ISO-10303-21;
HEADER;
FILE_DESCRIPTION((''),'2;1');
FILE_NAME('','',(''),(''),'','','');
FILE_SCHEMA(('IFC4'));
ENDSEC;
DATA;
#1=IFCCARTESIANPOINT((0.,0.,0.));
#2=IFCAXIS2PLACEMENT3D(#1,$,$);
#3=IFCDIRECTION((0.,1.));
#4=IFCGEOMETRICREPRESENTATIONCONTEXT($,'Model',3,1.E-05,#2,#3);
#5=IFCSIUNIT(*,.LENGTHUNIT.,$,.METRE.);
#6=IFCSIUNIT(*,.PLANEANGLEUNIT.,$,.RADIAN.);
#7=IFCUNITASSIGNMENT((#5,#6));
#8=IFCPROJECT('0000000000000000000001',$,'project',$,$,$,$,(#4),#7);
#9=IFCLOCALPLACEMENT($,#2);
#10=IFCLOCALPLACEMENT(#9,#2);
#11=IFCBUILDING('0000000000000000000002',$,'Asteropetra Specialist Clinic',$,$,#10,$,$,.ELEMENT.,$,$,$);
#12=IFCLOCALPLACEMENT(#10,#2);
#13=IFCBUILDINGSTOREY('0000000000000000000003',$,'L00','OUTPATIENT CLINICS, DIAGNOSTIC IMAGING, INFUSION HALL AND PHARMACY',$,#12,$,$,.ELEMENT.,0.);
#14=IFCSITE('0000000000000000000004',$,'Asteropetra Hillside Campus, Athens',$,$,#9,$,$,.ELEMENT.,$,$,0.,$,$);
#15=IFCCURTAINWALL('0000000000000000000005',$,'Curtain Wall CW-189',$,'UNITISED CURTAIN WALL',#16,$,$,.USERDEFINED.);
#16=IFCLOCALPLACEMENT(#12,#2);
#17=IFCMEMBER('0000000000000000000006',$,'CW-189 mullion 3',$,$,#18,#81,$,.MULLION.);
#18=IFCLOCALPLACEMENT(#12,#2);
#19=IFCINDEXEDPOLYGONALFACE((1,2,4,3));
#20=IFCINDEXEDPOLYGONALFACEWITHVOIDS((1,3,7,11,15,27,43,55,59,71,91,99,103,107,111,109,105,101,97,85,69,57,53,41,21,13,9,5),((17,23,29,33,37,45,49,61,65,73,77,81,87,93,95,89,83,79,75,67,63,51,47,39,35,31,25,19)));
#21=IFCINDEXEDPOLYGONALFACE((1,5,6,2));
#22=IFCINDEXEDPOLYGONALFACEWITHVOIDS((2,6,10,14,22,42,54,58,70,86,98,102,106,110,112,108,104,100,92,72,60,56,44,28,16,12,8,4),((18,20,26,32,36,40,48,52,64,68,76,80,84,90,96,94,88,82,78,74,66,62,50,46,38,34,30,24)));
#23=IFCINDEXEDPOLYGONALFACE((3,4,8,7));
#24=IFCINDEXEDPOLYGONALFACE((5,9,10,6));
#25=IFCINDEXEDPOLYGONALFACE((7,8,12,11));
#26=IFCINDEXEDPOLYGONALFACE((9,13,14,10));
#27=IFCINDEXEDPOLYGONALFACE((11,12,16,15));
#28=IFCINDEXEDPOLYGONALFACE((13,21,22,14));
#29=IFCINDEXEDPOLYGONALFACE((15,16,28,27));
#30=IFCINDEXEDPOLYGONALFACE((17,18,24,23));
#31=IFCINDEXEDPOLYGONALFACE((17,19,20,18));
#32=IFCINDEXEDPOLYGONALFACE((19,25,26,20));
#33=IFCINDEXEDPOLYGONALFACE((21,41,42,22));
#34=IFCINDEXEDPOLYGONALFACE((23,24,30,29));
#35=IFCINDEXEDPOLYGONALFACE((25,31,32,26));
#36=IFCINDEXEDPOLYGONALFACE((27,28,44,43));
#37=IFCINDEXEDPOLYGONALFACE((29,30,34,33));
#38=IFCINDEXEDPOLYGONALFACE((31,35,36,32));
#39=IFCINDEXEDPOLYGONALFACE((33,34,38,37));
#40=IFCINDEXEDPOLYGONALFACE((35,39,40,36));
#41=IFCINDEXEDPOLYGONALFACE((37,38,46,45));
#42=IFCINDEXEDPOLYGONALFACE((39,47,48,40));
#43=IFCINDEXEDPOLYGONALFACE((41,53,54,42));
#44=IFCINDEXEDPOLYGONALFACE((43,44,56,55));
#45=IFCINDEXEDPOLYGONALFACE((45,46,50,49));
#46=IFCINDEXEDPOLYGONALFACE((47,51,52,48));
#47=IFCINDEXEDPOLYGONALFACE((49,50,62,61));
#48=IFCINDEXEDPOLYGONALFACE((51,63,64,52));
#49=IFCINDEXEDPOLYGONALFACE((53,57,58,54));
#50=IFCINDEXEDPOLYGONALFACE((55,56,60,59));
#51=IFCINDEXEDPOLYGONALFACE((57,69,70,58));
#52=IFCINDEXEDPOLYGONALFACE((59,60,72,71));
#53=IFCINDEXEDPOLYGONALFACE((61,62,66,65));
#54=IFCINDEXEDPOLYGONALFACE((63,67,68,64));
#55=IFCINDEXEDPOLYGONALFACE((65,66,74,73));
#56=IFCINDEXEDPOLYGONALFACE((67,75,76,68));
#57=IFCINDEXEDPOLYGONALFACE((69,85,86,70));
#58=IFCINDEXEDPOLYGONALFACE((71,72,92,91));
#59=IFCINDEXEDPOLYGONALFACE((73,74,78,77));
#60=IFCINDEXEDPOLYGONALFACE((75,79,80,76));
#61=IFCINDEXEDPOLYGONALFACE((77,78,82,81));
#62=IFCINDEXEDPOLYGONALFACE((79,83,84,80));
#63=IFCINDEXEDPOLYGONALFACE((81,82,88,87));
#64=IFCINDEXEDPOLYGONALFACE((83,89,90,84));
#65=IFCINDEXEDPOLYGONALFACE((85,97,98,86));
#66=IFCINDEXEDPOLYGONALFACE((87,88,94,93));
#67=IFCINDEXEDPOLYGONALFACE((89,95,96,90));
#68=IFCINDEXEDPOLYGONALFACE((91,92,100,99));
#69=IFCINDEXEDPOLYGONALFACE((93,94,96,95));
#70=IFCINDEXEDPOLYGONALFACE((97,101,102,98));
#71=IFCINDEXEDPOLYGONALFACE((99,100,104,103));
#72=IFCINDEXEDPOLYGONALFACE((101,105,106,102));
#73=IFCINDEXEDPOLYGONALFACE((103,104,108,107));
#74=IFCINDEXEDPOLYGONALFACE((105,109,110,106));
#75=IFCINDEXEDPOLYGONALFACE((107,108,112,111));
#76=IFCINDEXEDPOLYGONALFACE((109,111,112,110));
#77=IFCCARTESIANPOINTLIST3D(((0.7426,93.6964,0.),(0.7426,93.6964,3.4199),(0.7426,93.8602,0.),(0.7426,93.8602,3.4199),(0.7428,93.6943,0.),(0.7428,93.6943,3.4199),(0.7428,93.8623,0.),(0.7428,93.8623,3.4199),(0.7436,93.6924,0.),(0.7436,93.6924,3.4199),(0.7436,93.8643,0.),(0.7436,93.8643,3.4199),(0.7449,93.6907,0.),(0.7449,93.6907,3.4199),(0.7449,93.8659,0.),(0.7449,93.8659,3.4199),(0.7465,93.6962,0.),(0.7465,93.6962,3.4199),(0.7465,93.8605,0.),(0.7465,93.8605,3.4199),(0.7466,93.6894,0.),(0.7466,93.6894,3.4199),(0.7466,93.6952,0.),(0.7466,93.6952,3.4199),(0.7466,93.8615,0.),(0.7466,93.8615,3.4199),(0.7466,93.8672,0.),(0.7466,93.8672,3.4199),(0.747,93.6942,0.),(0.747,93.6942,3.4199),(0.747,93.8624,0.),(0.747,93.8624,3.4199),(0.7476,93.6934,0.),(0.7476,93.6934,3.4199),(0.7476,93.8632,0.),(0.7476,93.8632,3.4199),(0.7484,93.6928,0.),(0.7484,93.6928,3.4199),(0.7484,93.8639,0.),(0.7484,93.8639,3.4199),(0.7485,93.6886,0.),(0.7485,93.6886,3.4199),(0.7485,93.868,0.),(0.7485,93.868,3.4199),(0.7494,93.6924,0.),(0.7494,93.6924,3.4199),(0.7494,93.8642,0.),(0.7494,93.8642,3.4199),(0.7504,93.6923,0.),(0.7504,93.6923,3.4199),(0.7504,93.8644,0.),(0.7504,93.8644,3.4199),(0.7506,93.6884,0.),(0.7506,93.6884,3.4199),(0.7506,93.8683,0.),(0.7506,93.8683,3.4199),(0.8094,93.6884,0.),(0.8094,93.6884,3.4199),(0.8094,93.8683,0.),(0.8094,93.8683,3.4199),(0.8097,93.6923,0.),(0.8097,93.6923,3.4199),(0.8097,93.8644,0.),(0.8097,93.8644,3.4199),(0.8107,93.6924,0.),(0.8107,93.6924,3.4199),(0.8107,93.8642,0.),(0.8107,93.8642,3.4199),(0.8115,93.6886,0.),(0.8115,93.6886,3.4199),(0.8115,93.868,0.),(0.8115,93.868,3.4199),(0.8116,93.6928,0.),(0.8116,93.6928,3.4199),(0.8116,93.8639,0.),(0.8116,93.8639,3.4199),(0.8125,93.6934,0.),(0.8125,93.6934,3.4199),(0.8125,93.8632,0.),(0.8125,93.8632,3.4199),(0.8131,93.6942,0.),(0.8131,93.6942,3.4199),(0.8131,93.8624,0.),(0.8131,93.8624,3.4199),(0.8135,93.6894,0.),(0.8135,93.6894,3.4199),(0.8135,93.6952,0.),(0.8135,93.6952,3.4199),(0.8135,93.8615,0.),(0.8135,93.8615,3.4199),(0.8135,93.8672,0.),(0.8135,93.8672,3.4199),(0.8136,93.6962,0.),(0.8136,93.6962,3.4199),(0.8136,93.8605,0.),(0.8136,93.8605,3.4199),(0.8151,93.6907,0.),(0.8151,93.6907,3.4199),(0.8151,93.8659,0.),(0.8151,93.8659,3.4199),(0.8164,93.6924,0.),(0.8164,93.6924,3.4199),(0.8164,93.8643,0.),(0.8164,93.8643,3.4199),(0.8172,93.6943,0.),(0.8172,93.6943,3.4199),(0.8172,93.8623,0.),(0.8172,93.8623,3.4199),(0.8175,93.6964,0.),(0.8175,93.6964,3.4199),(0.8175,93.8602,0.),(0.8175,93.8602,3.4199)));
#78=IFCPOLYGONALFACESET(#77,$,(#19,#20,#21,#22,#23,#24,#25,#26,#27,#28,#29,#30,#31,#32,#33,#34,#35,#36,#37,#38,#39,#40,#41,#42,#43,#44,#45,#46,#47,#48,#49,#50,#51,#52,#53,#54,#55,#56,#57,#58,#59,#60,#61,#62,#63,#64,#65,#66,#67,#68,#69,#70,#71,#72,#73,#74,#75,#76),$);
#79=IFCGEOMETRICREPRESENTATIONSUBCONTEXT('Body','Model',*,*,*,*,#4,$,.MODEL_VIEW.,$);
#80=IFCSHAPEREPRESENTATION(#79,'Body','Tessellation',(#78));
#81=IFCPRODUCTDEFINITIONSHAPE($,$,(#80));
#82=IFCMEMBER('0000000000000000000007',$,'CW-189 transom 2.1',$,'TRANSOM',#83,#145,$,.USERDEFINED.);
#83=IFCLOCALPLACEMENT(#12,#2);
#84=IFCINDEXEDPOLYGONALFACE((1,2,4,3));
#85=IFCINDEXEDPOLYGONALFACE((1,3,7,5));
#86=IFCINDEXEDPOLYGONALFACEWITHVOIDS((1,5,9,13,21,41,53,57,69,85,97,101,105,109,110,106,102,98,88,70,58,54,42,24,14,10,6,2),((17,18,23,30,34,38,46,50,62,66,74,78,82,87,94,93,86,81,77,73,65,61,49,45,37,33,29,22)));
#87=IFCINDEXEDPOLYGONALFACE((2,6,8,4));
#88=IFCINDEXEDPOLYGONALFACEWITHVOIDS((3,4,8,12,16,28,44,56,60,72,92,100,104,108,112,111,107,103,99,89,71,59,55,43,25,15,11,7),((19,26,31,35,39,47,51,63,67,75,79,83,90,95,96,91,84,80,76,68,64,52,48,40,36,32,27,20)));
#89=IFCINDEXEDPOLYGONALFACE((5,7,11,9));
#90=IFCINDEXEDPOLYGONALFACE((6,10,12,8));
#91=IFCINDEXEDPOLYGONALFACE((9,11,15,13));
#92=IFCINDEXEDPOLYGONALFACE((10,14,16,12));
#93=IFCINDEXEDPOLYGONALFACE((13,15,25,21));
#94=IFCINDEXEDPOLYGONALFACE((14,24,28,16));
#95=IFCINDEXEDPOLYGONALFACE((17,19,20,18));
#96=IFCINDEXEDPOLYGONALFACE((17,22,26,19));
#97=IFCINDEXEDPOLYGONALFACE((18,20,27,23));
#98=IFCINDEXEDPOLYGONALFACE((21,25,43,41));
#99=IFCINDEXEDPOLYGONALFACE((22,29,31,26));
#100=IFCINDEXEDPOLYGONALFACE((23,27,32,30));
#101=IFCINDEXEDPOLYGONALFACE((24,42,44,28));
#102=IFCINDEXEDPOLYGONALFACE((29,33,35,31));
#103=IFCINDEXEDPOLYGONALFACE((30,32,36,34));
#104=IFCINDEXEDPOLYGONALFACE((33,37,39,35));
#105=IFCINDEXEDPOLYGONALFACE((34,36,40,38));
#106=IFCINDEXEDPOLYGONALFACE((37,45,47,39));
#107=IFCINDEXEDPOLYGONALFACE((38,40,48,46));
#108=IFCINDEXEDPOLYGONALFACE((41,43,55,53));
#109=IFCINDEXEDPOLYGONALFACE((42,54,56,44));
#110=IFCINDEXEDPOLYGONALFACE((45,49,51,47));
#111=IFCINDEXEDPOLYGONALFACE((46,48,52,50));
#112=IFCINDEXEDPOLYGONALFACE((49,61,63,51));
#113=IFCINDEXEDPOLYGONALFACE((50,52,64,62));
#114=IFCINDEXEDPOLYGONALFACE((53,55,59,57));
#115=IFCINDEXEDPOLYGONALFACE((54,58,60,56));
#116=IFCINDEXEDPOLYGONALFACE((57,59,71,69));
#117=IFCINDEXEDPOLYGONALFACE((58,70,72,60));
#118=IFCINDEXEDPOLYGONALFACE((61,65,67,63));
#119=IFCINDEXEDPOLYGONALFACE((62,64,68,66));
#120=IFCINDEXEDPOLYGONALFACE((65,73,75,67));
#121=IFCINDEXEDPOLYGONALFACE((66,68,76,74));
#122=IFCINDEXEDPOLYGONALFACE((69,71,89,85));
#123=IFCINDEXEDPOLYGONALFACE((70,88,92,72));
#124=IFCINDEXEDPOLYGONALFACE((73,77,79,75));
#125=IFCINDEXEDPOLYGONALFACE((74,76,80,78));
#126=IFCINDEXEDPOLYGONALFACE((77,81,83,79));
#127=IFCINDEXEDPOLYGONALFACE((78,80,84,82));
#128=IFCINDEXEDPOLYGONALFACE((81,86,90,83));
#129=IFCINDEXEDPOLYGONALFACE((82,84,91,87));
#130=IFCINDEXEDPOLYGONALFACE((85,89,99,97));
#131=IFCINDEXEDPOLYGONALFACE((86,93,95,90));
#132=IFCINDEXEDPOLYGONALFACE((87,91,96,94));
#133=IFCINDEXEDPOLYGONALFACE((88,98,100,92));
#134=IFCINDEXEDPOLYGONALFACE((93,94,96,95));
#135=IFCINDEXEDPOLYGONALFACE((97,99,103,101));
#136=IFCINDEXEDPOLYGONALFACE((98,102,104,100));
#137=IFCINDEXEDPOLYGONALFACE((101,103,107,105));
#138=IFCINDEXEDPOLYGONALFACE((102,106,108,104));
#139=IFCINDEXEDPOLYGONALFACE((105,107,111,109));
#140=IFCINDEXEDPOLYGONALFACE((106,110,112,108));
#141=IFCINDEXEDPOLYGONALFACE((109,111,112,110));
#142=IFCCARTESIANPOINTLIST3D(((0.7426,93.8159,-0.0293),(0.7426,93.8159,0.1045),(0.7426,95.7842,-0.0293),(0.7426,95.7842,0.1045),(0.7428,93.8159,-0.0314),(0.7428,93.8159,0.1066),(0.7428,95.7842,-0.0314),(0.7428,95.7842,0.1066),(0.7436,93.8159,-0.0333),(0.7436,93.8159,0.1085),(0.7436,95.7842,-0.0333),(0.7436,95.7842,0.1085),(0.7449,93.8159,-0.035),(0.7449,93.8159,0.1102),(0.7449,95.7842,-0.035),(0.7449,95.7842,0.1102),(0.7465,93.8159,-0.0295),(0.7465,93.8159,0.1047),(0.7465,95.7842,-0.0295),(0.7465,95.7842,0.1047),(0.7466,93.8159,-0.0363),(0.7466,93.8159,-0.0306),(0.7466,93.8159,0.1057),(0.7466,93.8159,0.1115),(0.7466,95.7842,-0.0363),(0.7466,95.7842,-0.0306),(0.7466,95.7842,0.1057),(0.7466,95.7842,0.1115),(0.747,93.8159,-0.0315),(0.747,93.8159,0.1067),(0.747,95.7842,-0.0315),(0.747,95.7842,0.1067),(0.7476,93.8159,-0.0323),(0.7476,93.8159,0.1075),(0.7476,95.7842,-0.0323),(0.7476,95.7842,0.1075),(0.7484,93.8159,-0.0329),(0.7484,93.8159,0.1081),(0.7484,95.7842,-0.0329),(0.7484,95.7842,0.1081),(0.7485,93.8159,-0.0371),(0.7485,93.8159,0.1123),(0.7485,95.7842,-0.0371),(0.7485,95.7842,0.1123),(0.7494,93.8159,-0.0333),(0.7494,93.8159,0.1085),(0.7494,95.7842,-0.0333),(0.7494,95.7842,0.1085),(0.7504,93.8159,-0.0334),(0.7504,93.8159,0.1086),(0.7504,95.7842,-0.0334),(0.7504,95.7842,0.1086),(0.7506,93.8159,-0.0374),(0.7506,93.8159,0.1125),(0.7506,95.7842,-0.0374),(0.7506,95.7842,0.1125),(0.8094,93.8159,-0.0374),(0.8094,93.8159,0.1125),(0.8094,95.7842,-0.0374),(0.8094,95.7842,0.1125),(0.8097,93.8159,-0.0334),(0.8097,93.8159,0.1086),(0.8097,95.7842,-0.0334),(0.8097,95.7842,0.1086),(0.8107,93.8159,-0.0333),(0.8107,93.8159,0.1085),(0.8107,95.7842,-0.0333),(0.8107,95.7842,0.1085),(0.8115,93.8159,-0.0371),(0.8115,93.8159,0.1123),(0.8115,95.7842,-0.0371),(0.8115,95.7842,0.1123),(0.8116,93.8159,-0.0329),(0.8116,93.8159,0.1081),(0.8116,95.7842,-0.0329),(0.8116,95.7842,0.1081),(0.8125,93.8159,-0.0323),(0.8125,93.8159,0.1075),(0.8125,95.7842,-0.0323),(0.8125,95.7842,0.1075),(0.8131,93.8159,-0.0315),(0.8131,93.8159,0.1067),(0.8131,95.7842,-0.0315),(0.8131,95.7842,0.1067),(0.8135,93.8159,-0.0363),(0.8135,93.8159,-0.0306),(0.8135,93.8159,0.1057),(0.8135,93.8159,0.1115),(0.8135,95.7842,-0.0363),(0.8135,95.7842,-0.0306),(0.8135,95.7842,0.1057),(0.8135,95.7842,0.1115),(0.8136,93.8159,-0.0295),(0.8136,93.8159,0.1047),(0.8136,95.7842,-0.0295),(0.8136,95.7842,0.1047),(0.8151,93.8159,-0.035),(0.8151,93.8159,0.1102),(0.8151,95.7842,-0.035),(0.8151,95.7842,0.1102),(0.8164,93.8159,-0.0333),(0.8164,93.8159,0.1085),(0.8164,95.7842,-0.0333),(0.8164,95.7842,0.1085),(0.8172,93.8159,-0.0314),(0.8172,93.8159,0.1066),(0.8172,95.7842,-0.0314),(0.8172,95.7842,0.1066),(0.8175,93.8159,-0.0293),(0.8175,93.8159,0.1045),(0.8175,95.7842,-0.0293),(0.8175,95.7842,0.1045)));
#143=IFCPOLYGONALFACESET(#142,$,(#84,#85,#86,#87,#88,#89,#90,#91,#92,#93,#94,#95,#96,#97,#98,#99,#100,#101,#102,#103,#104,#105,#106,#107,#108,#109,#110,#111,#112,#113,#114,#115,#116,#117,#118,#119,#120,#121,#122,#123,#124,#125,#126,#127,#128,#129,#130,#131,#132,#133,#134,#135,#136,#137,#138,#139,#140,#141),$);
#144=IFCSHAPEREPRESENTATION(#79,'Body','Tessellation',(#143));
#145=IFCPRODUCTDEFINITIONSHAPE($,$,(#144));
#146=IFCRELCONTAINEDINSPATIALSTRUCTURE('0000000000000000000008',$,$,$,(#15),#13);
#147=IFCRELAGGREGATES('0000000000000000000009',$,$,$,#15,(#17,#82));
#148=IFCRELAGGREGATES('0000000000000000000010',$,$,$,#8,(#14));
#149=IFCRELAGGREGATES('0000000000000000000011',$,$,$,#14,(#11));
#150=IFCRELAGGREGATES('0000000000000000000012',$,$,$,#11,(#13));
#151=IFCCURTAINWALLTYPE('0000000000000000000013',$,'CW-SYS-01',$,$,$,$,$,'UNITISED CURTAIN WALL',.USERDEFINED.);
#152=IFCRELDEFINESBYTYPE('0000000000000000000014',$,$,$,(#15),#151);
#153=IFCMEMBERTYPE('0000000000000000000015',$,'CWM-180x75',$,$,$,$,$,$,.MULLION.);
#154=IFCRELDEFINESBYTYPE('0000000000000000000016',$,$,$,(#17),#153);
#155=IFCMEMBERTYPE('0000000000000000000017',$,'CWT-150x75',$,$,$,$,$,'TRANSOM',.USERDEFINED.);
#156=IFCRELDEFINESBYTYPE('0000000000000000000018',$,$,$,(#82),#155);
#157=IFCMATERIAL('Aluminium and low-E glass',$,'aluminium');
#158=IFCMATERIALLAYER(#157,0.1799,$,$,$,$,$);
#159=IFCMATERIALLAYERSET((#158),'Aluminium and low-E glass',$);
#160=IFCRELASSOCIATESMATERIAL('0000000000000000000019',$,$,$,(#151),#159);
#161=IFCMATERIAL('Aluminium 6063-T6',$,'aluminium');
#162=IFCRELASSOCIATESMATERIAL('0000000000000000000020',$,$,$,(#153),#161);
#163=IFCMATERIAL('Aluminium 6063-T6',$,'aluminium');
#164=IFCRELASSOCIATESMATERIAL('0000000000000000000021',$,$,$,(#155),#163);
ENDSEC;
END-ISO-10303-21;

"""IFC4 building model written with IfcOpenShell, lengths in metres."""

from ifc_helpers import new_model, si_unit, direction, frame, origin, origin_2d, place, context, subcontext, project, spatial, hollow_rectangle, extrude, material, layer, layer_set, material_profile, profile_set, type_object, element, aggregate, save


model = new_model("IFC4")

# Units and contexts
model_context = context("Model", 3, precision=1e-05, world=origin(), true_north=direction((0.0, 1.0)))
body_context = subcontext(model_context, "Body", "Model", "MODEL_VIEW")
ifc_project = project(units=[si_unit("LENGTHUNIT", "METRE"), si_unit("PLANEANGLEUNIT", "RADIAN")], contexts=[model_context])

# Site, building, storey
site_placement = place(None, origin())
site = spatial("IfcSite", under=ifc_project, at=site_placement, Name="Asteropetra Hillside Campus, Athens", CompositionType="ELEMENT", RefElevation=0.0)
building_placement = place(site_placement, origin())
building = spatial("IfcBuilding", under=site, at=building_placement, Name="Asteropetra Specialist Clinic", CompositionType="ELEMENT")
storey_placement = place(building_placement, origin())
storey = spatial("IfcBuildingStorey", under=building, at=storey_placement, Name="L00", Description="OUTPATIENT CLINICS, DIAGNOSTIC IMAGING, INFUSION HALL AND PHARMACY", CompositionType="ELEMENT", Elevation=0.0)

# Curtain wall, members
ifc_material_1 = material(Name="Aluminium and low-E glass", Category="aluminium")
ifc_layer_1 = layer(ifc_material_1, 0.1799)
ifc_layer_set_1 = layer_set([ifc_layer_1], Name="Aluminium and low-E glass")
curtain_wall_type = type_object("IfcCurtainWallType", Name="CW-SYS-01", ElementType="UNITISED CURTAIN WALL", PredefinedType="USERDEFINED", material=ifc_layer_set_1)
curtain_wall_placement = place(storey_placement, origin())
curtain_wall = element("IfcCurtainWall", 1, at=curtain_wall_placement, inside=storey, type_object=curtain_wall_type, Name="Curtain Wall CW-189", ObjectType="UNITISED CURTAIN WALL", PredefinedType="USERDEFINED")
ifc_material_2 = material(Name="Aluminium 6063-T6", Category="aluminium")
ifc_material_profile_1 = material_profile(ifc_material_2, hollow_rectangle(XDim=0.075, YDim=0.1799, WallThickness=0.0039, InnerFilletRadius=0.0039, OuterFilletRadius=0.0081, at=origin_2d()), Name="MUL 180x75x4.0")
ifc_profile_set_1 = profile_set([ifc_material_profile_1], Name="Aluminium 6063-T6")
member_type_1 = type_object("IfcMemberType", Name="CWM-180x75", PredefinedType="MULLION", material=ifc_profile_set_1)
member_1_placement = place(storey_placement, frame((0.78, 93.7783, 0.0), z_axis=(0.0, 0.0, 1.0), x_axis=(1.0, 0.0, 0.0)))
member_1 = element("IfcMember", 2, at=member_1_placement, type_object=member_type_1, Name="CW-189 mullion 3", PredefinedType="MULLION", context=body_context, shape_type="SweptSolid", body=[
    extrude(hollow_rectangle(XDim=0.075, YDim=0.1799, WallThickness=0.0039, InnerFilletRadius=0.0039, OuterFilletRadius=0.0081, at=origin_2d()), origin(), (0.0, 0.0, 1.0), 3.4199),
])
ifc_material_3 = material(Name="Aluminium 6063-T6", Category="aluminium")
ifc_material_profile_2 = material_profile(ifc_material_3, hollow_rectangle(XDim=0.075, YDim=0.1499, WallThickness=0.0039, InnerFilletRadius=0.0039, OuterFilletRadius=0.0081, at=origin_2d()), Name="TRN 150x75x4.0")
ifc_profile_set_2 = profile_set([ifc_material_profile_2], Name="Aluminium 6063-T6")
member_type_2 = type_object("IfcMemberType", Name="CWT-150x75", ElementType="TRANSOM", PredefinedType="USERDEFINED", material=ifc_profile_set_2)
member_2_placement = place(storey_placement, frame((0.78, 95.7842, 0.0376), z_axis=(0.0, -1.0, 0.0), x_axis=(1.0, 0.0, 0.0)))
member_2 = element("IfcMember", 3, at=member_2_placement, type_object=member_type_2, Name="CW-189 transom 2.1", ObjectType="TRANSOM", PredefinedType="USERDEFINED", context=body_context, shape_type="SweptSolid", body=[
    extrude(hollow_rectangle(XDim=0.075, YDim=0.1499, WallThickness=0.0039, InnerFilletRadius=0.0039, OuterFilletRadius=0.0081, at=origin_2d()), origin(), (0.0, 0.0, 1.0), 1.9683),
])
aggregate(curtain_wall, [member_1, member_2])

save(model, "model.ifc")
